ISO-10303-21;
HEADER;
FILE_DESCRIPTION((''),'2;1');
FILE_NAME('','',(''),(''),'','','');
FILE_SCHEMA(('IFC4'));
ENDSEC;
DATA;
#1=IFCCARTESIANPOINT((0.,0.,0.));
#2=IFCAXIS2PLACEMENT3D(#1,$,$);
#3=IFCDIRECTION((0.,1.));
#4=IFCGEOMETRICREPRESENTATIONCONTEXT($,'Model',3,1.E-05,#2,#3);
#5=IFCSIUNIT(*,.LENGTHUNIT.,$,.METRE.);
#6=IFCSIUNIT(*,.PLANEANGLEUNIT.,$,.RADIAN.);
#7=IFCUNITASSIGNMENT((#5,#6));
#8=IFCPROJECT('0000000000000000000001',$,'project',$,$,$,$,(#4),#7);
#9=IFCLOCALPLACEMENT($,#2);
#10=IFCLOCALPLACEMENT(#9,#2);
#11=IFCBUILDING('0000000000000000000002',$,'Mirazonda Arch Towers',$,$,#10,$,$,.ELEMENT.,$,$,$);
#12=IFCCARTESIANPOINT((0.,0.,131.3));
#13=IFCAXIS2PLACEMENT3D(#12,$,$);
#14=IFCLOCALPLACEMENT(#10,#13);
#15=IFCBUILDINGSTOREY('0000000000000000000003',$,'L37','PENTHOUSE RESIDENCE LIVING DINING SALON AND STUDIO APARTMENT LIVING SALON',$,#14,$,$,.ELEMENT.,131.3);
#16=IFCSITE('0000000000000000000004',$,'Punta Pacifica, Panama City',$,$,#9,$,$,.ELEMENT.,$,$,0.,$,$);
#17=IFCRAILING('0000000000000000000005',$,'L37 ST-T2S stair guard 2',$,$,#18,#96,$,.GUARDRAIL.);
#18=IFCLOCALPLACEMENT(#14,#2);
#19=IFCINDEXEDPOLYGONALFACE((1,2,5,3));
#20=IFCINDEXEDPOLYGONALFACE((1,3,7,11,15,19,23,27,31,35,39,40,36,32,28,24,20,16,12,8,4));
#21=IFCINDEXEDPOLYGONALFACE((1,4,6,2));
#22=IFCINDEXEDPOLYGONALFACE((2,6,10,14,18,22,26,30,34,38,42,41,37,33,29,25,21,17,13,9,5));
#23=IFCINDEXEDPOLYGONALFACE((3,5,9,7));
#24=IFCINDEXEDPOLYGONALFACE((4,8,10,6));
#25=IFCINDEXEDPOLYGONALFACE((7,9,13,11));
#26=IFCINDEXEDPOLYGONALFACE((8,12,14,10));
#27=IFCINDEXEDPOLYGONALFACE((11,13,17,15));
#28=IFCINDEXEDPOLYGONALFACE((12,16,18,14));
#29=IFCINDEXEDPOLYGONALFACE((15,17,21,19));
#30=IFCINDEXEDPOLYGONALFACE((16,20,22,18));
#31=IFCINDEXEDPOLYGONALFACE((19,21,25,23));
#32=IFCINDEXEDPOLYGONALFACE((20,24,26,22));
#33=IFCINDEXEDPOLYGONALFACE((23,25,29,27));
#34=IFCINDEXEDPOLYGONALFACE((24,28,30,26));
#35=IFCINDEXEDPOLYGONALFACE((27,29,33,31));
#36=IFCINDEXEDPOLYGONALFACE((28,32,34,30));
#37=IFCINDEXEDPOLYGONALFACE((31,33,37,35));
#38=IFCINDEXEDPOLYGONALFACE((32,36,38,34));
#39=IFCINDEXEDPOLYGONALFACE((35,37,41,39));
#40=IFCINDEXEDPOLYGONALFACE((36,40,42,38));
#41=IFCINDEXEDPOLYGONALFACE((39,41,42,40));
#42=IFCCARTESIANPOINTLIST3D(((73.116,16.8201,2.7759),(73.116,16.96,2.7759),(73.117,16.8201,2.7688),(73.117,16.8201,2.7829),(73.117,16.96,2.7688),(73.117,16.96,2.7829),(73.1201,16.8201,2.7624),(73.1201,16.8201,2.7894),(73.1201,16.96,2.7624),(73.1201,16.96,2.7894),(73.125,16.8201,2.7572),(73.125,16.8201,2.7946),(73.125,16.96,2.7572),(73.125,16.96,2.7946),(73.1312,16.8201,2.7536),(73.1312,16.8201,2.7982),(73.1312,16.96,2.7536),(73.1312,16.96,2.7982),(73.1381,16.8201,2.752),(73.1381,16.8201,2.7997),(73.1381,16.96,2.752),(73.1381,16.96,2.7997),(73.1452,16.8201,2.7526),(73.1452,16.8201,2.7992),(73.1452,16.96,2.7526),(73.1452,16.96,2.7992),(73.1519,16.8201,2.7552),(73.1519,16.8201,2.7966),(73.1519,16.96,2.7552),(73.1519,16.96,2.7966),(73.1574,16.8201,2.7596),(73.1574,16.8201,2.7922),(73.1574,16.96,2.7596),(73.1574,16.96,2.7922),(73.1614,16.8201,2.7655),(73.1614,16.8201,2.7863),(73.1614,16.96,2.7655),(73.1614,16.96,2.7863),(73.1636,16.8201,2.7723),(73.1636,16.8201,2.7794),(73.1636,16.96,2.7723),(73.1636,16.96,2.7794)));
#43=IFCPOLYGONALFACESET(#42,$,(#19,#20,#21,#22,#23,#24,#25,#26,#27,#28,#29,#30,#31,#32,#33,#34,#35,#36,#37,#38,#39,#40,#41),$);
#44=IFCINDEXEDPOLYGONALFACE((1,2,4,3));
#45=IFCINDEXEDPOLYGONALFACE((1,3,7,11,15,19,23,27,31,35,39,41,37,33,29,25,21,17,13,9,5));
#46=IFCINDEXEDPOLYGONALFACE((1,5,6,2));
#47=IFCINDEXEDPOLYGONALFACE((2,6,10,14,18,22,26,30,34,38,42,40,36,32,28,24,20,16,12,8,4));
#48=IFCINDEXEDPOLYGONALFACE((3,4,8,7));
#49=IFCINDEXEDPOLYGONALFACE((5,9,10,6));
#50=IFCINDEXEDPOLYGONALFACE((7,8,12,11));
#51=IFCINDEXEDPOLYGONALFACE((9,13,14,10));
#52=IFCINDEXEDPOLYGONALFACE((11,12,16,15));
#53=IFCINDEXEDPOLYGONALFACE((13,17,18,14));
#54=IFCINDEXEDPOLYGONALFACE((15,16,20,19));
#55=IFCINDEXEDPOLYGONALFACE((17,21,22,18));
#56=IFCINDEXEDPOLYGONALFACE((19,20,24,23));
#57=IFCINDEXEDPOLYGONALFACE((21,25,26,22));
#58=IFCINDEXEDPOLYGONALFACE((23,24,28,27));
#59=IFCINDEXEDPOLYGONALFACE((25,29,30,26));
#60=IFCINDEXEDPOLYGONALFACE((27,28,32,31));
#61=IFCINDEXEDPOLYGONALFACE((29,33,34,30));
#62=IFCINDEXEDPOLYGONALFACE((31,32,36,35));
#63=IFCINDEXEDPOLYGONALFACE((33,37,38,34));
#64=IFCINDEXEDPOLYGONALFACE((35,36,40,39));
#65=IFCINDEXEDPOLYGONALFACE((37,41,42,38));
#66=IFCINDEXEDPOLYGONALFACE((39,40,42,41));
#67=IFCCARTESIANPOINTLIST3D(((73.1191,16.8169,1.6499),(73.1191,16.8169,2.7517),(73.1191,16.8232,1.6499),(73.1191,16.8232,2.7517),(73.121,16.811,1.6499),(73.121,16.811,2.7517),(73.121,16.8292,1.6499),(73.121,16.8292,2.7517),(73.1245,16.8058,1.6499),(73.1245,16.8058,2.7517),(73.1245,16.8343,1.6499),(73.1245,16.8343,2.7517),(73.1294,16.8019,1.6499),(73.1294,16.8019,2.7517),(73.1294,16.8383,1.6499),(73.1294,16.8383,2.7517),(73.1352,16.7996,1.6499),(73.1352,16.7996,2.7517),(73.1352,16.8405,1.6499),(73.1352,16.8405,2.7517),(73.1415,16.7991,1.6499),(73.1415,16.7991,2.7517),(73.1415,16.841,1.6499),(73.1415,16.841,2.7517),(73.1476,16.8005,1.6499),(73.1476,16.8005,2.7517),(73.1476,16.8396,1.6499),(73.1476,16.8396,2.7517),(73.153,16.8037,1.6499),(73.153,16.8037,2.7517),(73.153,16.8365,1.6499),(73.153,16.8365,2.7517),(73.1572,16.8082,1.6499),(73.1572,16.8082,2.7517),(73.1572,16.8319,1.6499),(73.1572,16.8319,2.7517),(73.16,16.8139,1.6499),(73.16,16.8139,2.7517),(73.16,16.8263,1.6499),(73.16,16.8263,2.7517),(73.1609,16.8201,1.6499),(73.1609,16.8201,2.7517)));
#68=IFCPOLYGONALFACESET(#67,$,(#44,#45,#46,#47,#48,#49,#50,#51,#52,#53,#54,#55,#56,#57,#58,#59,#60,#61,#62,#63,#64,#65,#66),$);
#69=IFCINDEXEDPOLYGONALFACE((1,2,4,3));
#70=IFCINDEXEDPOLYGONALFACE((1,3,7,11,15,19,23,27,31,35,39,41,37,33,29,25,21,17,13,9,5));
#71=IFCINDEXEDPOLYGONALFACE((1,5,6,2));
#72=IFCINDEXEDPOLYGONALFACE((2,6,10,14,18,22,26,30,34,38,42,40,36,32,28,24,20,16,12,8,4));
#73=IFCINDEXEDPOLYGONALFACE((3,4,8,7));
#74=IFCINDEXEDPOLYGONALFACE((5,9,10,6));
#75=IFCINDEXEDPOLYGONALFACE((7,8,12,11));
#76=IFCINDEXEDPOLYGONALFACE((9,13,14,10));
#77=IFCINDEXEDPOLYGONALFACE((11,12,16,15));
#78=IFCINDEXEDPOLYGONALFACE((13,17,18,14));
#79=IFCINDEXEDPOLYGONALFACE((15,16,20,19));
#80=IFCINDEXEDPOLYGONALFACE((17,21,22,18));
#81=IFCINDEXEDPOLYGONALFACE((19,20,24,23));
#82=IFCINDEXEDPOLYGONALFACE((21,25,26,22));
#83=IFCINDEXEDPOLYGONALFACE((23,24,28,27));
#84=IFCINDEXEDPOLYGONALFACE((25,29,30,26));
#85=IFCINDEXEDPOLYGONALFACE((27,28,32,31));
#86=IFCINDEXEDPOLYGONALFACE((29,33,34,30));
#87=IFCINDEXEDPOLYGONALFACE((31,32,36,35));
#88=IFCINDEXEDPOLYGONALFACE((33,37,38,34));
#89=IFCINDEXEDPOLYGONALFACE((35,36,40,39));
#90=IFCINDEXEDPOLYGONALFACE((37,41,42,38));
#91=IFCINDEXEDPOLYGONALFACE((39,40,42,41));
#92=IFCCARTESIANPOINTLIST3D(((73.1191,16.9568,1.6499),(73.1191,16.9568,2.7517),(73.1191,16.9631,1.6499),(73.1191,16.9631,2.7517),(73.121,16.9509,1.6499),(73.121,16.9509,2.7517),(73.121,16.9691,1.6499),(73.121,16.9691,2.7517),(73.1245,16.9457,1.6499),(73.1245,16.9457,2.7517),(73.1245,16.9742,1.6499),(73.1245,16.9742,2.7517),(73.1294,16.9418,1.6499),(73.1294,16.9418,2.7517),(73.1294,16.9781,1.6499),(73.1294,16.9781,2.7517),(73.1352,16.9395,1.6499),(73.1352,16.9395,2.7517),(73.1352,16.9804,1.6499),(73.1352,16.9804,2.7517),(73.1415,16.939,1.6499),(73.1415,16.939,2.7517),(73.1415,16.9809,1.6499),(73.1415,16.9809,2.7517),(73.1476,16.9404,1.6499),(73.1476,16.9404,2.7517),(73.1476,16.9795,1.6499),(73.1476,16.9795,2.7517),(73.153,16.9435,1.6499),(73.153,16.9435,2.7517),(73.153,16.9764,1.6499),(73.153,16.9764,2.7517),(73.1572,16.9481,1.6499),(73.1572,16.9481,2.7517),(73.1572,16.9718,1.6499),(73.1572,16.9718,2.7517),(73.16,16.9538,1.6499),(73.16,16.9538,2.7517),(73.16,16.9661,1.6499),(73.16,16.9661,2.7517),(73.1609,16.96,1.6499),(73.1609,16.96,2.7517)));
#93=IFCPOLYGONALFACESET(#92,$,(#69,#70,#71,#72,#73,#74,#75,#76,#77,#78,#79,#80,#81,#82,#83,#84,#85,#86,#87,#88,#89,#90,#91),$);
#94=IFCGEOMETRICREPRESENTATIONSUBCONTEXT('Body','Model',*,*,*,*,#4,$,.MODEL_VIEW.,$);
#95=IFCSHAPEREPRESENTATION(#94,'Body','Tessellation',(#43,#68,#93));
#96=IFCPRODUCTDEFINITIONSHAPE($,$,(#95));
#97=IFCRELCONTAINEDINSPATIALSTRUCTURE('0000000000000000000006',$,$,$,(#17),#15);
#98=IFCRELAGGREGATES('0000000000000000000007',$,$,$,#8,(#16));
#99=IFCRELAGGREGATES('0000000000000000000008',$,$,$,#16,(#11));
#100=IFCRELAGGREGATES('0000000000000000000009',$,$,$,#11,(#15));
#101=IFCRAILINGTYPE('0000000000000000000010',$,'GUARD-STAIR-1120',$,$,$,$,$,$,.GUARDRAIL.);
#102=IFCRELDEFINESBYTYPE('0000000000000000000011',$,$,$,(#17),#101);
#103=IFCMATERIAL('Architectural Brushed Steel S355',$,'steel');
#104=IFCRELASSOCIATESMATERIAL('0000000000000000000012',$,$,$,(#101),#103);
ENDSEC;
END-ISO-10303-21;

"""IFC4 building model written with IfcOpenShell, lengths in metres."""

from ifc_helpers import new_model, si_unit, direction, frame, origin, origin_2d, place, context, subcontext, project, spatial, circle, extrude, material, type_object, element, save


model = new_model("IFC4")

# Units and contexts
model_context = context("Model", 3, precision=1e-05, world=origin(), true_north=direction((0.0, 1.0)))
body_context = subcontext(model_context, "Body", "Model", "MODEL_VIEW")
ifc_project = project(units=[si_unit("LENGTHUNIT", "METRE"), si_unit("PLANEANGLEUNIT", "RADIAN")], contexts=[model_context])

# Site, building, storey
site_placement = place(None, origin())
site = spatial("IfcSite", under=ifc_project, at=site_placement, Name="Punta Pacifica, Panama City", CompositionType="ELEMENT", RefElevation=0.0)
building_placement = place(site_placement, origin())
building = spatial("IfcBuilding", under=site, at=building_placement, Name="Mirazonda Arch Towers", CompositionType="ELEMENT")
storey_placement = place(building_placement, frame((0.0, 0.0, 131.3)))
storey = spatial("IfcBuildingStorey", under=building, at=storey_placement, Name="L37", Description="PENTHOUSE RESIDENCE LIVING DINING SALON AND STUDIO APARTMENT LIVING SALON", CompositionType="ELEMENT", Elevation=131.3)

# Railing
ifc_material_1 = material(Name="Architectural Brushed Steel S355", Category="steel")
railing_type_1 = type_object("IfcRailingType", Name="GUARD-STAIR-1120", PredefinedType="GUARDRAIL", material=ifc_material_1)
railing_1_placement = place(storey_placement, frame((73.1399, 16.8201, 1.6499)))
element("IfcRailing", 1, at=railing_1_placement, inside=storey, type_object=railing_type_1, Name="L37 ST-T2S stair guard 2", PredefinedType="GUARDRAIL", context=body_context, shape_type="SweptSolid", body=[
    extrude(circle(Radius=0.0239, at=origin_2d()), frame((0.0, 0.0, 1.126), z_axis=(0.0, 1.0, 0.0), x_axis=(-1.0, 0.0, 0.0)), (0.0, 0.0, 1.0), 0.1399),
    extrude(circle(Radius=0.021, at=origin_2d()), origin(), (0.0, 0.0, 1.0), 1.1018),
    extrude(circle(Radius=0.021, at=origin_2d()), frame((0.0, 0.1399, 0.0)), (0.0, 0.0, 1.0), 1.1018),
])

save(model, "model.ifc")
